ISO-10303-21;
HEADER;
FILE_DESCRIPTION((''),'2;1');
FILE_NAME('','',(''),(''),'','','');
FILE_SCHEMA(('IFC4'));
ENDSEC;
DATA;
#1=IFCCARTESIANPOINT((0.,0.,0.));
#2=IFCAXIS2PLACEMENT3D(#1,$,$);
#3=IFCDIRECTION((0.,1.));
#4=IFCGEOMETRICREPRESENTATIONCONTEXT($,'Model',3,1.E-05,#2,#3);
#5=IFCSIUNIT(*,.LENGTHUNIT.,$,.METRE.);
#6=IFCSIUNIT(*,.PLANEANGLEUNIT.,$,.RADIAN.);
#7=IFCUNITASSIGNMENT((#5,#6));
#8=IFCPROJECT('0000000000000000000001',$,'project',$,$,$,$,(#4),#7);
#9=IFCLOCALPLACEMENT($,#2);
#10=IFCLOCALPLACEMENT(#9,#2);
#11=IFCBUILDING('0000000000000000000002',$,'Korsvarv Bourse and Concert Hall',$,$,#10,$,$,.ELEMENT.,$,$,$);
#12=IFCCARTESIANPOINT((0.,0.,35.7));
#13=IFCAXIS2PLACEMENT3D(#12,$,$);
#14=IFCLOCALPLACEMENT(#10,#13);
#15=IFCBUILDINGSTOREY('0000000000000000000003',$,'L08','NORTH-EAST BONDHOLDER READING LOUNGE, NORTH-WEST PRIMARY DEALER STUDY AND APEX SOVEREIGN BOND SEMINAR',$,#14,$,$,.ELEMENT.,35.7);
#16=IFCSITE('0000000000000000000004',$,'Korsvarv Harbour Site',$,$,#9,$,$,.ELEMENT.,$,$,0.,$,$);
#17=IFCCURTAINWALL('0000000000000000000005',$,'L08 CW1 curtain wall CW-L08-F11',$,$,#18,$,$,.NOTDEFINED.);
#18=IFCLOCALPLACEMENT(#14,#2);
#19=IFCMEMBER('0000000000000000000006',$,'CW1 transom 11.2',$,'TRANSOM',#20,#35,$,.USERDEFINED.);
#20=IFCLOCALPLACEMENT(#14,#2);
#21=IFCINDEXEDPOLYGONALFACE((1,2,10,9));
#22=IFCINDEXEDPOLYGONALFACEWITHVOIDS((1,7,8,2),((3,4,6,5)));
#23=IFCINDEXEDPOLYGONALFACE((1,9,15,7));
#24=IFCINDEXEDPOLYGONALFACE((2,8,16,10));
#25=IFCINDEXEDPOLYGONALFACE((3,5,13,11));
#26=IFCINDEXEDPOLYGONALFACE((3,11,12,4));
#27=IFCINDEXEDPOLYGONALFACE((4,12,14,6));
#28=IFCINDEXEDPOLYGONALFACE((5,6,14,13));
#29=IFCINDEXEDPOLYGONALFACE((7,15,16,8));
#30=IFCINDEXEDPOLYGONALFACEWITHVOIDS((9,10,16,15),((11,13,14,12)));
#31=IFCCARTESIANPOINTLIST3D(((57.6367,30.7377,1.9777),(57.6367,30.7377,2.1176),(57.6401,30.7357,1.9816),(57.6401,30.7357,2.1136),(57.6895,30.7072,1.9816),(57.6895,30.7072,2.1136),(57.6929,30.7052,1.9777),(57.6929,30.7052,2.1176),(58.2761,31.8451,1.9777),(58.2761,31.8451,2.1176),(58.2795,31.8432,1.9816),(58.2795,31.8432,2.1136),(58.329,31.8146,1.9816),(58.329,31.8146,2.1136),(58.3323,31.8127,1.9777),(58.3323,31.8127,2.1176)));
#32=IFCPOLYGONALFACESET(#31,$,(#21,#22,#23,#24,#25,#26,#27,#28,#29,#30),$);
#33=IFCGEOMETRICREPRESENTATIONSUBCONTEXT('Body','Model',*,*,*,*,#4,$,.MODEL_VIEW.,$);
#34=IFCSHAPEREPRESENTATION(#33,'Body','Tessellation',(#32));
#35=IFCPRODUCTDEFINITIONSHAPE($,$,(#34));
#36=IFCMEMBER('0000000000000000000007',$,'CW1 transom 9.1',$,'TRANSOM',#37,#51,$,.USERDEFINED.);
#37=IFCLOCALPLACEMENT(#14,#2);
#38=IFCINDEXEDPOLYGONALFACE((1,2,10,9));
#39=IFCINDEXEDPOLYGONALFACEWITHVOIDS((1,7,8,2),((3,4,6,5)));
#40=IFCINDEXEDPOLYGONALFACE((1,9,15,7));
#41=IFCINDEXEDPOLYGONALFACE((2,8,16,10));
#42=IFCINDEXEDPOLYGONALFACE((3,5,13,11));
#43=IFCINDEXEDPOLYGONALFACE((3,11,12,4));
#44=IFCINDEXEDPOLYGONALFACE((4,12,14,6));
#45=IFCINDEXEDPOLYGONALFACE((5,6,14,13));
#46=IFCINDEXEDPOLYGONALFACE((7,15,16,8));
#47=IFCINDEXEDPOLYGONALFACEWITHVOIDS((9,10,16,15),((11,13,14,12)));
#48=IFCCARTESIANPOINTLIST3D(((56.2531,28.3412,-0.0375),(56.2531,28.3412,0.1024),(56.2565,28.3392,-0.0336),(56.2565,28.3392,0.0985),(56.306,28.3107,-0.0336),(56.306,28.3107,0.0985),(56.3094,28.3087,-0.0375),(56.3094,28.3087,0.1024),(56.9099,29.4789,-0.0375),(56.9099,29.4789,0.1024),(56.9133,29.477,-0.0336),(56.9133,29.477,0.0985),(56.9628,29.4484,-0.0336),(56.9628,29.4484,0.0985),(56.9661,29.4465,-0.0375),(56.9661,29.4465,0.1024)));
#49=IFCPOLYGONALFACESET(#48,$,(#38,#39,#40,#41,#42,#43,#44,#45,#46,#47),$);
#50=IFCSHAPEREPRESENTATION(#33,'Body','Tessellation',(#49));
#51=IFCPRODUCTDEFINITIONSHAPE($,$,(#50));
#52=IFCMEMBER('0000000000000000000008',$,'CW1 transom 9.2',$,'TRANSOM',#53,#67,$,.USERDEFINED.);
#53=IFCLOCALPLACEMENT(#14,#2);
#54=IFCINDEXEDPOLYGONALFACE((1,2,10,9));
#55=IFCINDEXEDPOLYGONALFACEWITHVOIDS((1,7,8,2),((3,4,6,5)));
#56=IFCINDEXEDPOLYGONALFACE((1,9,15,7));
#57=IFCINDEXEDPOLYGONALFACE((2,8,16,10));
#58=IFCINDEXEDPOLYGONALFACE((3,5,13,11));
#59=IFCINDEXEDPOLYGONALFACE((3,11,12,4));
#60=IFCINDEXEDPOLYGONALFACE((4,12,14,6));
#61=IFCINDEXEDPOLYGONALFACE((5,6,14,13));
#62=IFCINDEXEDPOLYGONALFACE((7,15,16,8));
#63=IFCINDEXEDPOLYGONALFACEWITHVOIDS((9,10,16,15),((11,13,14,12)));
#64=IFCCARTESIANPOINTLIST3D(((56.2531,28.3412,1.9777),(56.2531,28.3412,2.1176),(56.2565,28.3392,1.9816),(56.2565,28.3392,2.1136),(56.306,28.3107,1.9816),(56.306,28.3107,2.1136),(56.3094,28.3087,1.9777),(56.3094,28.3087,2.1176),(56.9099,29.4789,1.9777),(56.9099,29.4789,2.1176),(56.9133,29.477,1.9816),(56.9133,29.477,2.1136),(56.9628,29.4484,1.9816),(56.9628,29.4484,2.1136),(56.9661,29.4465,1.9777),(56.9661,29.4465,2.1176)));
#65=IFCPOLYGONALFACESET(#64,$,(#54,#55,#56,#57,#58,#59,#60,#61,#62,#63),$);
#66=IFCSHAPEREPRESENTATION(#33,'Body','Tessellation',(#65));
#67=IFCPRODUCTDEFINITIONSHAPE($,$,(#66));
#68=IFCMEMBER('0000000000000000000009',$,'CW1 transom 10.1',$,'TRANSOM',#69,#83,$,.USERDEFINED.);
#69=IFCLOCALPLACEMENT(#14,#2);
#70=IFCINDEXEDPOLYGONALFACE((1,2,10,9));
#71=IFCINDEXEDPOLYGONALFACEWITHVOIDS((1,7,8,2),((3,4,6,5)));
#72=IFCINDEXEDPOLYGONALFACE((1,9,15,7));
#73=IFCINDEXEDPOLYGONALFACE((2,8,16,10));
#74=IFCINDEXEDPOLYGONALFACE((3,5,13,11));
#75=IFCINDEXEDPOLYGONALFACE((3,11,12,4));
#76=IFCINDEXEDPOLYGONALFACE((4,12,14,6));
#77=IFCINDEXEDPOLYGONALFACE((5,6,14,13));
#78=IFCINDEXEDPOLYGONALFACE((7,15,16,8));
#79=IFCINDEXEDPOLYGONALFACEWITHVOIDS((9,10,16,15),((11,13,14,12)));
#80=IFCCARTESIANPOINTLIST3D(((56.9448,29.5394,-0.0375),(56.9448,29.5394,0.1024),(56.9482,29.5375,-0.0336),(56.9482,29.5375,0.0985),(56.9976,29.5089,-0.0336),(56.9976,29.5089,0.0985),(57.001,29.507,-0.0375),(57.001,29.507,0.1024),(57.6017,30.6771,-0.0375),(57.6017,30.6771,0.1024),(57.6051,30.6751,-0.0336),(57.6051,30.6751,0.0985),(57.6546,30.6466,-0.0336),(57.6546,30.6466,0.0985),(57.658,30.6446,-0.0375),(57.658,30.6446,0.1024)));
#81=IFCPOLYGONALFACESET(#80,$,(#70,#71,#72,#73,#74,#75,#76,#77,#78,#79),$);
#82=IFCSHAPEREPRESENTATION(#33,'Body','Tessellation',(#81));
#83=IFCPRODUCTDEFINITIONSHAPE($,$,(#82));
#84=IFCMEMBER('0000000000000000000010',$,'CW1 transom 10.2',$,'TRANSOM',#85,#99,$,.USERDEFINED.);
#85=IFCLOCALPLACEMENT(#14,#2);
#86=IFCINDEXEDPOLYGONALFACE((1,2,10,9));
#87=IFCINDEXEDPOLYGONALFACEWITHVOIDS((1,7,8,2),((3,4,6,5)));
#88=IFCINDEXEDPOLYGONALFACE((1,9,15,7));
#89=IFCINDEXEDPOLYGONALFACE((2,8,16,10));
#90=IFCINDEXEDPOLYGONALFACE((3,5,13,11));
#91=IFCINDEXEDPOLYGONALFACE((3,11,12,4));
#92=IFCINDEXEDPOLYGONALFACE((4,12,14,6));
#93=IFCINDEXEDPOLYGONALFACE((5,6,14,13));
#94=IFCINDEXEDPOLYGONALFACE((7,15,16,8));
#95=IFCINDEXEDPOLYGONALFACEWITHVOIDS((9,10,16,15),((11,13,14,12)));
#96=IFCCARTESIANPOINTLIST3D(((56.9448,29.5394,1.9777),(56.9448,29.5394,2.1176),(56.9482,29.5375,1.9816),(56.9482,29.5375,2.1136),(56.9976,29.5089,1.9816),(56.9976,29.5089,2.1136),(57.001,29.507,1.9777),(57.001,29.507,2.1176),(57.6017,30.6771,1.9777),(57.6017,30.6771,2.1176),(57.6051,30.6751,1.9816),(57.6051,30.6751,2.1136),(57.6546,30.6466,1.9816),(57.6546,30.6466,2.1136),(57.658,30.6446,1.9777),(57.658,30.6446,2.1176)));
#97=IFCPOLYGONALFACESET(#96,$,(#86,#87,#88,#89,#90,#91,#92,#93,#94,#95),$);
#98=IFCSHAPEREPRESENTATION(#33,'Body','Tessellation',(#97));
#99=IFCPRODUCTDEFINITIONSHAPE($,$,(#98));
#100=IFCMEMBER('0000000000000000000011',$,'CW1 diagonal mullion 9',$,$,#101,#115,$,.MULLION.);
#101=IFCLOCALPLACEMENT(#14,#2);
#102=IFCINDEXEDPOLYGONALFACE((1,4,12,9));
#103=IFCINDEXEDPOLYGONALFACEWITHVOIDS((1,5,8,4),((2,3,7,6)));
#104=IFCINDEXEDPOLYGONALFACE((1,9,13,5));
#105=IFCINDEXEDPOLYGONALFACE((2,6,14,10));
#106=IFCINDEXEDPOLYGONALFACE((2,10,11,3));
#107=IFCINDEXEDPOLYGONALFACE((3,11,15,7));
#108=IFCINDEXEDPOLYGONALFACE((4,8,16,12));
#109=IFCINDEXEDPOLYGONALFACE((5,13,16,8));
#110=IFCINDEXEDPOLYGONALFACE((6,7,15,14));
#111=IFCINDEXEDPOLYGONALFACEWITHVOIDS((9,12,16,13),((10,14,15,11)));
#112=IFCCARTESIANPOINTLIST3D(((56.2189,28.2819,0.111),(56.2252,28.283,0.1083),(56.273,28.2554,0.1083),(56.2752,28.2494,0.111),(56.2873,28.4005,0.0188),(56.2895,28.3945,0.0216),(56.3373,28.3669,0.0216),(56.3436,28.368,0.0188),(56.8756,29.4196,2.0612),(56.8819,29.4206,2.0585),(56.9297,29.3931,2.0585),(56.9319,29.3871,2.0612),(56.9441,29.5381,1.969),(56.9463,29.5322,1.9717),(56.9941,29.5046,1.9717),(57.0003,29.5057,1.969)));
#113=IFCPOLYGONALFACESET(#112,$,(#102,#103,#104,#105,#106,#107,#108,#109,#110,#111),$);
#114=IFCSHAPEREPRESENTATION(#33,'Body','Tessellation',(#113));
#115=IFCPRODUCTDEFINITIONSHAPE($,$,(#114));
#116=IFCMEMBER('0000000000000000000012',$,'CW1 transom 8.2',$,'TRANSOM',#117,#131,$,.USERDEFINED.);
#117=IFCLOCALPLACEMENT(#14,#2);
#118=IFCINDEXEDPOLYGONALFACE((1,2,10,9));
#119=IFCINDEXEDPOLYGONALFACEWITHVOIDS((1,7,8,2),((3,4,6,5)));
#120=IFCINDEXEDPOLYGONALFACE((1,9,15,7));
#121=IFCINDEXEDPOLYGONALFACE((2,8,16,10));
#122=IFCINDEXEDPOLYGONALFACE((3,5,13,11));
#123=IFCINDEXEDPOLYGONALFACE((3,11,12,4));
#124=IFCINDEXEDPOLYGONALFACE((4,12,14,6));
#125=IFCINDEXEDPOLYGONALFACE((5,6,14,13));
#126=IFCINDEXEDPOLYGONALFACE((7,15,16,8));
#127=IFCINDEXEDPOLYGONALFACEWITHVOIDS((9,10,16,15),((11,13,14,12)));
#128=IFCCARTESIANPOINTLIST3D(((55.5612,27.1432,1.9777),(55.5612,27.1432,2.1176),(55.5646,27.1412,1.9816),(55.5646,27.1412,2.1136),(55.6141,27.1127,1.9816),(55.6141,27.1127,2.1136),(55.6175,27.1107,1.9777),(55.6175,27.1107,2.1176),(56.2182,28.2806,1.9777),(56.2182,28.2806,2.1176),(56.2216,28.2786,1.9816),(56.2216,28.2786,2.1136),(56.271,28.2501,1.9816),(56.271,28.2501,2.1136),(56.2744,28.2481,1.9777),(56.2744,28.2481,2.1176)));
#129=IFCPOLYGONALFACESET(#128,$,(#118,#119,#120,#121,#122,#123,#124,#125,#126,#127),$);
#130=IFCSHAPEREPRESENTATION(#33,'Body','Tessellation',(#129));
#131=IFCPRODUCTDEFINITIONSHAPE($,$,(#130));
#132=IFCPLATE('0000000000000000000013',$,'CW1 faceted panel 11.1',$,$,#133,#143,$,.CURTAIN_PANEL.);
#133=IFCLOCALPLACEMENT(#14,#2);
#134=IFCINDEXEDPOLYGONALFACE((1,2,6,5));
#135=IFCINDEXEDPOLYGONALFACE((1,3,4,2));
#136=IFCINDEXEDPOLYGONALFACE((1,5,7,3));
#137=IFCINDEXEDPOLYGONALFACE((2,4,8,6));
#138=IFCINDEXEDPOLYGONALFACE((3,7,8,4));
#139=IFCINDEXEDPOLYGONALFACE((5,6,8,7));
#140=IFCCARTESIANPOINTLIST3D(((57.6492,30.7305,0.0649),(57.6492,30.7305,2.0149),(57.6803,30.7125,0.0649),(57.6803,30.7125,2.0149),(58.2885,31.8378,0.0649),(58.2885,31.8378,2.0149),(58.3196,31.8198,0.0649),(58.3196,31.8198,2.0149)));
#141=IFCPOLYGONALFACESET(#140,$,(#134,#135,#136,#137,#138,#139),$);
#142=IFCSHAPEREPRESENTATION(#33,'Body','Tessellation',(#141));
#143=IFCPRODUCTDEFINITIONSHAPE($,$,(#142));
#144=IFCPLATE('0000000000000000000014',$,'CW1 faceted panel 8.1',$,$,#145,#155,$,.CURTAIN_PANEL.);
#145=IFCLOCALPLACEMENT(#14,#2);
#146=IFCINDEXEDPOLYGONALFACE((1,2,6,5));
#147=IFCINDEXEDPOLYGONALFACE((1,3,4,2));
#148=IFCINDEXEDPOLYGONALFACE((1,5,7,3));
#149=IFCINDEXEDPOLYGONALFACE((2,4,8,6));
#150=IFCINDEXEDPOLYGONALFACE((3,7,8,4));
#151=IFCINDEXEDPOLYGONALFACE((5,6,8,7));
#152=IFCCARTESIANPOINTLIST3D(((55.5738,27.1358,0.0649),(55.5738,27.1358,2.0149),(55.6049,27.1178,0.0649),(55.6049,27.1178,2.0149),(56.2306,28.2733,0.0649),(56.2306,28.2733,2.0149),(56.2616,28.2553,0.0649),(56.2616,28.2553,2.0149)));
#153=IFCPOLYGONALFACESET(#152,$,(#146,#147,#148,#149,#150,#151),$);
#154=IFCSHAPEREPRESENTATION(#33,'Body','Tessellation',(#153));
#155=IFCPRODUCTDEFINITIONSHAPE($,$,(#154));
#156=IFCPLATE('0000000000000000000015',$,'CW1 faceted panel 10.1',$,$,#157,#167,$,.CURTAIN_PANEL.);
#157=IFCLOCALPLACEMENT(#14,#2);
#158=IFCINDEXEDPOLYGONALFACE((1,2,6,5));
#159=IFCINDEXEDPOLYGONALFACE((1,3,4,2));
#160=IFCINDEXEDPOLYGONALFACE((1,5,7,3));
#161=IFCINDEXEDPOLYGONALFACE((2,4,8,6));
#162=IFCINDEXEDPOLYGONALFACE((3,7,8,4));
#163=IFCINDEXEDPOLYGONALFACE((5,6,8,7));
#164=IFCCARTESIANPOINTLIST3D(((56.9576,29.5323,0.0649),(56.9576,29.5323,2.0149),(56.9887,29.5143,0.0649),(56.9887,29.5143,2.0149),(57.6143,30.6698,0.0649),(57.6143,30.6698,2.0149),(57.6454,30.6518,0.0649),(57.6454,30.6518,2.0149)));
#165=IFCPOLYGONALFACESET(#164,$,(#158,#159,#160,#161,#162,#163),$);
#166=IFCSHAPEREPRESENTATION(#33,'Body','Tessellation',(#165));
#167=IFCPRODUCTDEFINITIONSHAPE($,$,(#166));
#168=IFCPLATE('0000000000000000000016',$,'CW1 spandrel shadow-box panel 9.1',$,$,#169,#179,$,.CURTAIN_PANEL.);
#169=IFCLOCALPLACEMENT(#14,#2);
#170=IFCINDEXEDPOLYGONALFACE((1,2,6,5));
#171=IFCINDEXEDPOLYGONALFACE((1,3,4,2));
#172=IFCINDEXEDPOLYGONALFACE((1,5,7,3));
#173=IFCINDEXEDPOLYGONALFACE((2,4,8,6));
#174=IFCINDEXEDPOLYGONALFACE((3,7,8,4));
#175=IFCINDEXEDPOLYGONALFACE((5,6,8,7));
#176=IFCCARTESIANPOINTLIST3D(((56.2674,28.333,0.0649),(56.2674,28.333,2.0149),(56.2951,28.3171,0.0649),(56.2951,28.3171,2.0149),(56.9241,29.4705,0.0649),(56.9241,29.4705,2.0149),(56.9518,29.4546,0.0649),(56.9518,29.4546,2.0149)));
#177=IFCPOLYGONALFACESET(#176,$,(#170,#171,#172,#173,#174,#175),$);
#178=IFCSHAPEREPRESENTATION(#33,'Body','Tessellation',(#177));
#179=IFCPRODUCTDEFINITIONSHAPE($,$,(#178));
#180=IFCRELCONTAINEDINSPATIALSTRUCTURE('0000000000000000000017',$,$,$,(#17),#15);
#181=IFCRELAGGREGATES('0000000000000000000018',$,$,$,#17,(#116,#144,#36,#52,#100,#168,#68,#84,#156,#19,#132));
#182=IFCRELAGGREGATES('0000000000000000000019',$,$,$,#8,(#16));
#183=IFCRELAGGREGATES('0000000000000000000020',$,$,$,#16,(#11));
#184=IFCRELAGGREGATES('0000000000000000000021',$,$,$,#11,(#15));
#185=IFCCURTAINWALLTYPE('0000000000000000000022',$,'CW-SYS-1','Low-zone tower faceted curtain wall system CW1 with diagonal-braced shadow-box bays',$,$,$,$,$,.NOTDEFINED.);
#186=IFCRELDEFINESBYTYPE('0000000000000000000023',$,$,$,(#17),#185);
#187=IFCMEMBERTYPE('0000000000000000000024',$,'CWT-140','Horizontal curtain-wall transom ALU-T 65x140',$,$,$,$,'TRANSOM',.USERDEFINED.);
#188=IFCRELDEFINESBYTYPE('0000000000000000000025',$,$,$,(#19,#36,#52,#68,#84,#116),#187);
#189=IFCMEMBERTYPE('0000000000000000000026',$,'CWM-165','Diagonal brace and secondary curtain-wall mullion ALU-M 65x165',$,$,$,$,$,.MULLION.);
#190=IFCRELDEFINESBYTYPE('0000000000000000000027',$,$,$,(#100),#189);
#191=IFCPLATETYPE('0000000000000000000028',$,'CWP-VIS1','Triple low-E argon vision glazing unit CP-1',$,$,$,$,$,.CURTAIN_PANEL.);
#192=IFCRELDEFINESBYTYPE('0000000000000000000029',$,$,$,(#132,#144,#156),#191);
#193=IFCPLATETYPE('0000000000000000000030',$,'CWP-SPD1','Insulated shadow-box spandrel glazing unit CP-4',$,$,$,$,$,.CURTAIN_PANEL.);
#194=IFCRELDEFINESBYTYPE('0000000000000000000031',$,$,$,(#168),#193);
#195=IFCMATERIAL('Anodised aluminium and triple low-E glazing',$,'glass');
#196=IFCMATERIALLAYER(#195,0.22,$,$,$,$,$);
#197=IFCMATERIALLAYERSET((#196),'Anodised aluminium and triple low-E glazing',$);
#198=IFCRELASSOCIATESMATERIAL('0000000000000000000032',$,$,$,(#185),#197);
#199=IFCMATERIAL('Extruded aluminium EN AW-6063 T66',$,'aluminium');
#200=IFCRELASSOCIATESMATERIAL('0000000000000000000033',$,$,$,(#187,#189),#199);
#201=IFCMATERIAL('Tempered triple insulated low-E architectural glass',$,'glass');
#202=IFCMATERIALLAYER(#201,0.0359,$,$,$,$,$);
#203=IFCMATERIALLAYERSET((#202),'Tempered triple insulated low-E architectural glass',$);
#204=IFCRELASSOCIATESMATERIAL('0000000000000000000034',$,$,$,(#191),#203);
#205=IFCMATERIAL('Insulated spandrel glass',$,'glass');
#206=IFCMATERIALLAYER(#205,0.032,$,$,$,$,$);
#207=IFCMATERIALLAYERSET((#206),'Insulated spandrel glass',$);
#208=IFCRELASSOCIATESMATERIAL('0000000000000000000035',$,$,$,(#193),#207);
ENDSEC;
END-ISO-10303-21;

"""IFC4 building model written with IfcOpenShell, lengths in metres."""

from ifc_helpers import new_model, si_unit, direction, frame, origin, origin_2d, place, context, subcontext, project, spatial, rectangle, hollow_rectangle, extrude, source, transform, mapped, material, layer, layer_set, material_profile, profile_set, type_object, element, aggregate, save


model = new_model("IFC4")

# Units and contexts
model_context = context("Model", 3, precision=1e-05, world=origin(), true_north=direction((0.0, 1.0)))
body_context = subcontext(model_context, "Body", "Model", "MODEL_VIEW")
ifc_project = project(units=[si_unit("LENGTHUNIT", "METRE"), si_unit("PLANEANGLEUNIT", "RADIAN")], contexts=[model_context])

# Site, building, storey
site_placement = place(None, origin())
site = spatial("IfcSite", under=ifc_project, at=site_placement, Name="Korsvarv Harbour Site", CompositionType="ELEMENT", RefElevation=0.0)
building_placement = place(site_placement, origin())
building = spatial("IfcBuilding", under=site, at=building_placement, Name="Korsvarv Bourse and Concert Hall", CompositionType="ELEMENT")
storey_placement = place(building_placement, frame((0.0, 0.0, 35.7)))
storey = spatial("IfcBuildingStorey", under=building, at=storey_placement, Name="L08", Description="NORTH-EAST BONDHOLDER READING LOUNGE, NORTH-WEST PRIMARY DEALER STUDY AND APEX SOVEREIGN BOND SEMINAR", CompositionType="ELEMENT", Elevation=35.7)

# Curtain wall, members, plates
ifc_material_1 = material(Name="Anodised aluminium and triple low-E glazing", Category="glass")
ifc_layer_1 = layer(ifc_material_1, 0.22)
ifc_layer_set_1 = layer_set([ifc_layer_1], Name="Anodised aluminium and triple low-E glazing")
curtain_wall_type = type_object("IfcCurtainWallType", Name="CW-SYS-1", Description="Low-zone tower faceted curtain wall system CW1 with diagonal-braced shadow-box bays", PredefinedType="NOTDEFINED", material=ifc_layer_set_1)
curtain_wall_placement = place(storey_placement, origin())
curtain_wall = element("IfcCurtainWall", 1, at=curtain_wall_placement, inside=storey, type_object=curtain_wall_type, Name="L08 CW1 curtain wall CW-L08-F11", PredefinedType="NOTDEFINED")
ifc_material_2 = material(Name="Extruded aluminium EN AW-6063 T66", Category="aluminium")
ifc_material_profile_1 = material_profile(ifc_material_2, hollow_rectangle(XDim=0.0649, YDim=0.1399, WallThickness=0.0039, at=origin_2d()), Name="ALU-T 65x140")
ifc_profile_set_1 = profile_set([ifc_material_profile_1], Name="Extruded aluminium EN AW-6063 T66")
member_type_1 = type_object("IfcMemberType", Name="CWT-140", Description="Horizontal curtain-wall transom ALU-T 65x140", ElementType="TRANSOM", PredefinedType="USERDEFINED", material=ifc_profile_set_1)
shared_shape_1 = source(origin(), body_context, "Body", "SweptSolid", [
    extrude(hollow_rectangle(XDim=0.0649, YDim=0.1399, WallThickness=0.0039, at=origin_2d()), origin(), (0.0, 0.0, 1.0), 1.2788),
])
member_1_placement = place(storey_placement, frame((57.6648, 30.7214, 2.0476), z_axis=(0.50002, 0.866014, 0.0), x_axis=(-0.866014, 0.50002, 0.0)))
member_1 = element("IfcMember", 2, at=member_1_placement, type_object=member_type_1, Name="CW1 transom 11.2", ObjectType="TRANSOM", PredefinedType="USERDEFINED", context=body_context, shape_type="MappedRepresentation", body=[
    mapped(shared_shape_1, transform((0.0, 0.0, 0.0), scale=1.0)),
])
shared_shape_2 = source(origin(), body_context, "Body", "SweptSolid", [
    extrude(hollow_rectangle(XDim=0.0649, YDim=0.1399, WallThickness=0.0039, at=origin_2d()), origin(), (0.0, 0.0, 1.0), 1.3137),
])
member_2_placement = place(storey_placement, frame((56.2812, 28.325, 0.0325), z_axis=(0.499937, 0.866062, 0.0), x_axis=(-0.866062, 0.499937, 0.0)))
member_2 = element("IfcMember", 3, at=member_2_placement, type_object=member_type_1, Name="CW1 transom 9.1", ObjectType="TRANSOM", PredefinedType="USERDEFINED", context=body_context, shape_type="MappedRepresentation", body=[
    mapped(shared_shape_2, transform((0.0, 0.0, 0.0), scale=1.0)),
])
member_3_placement = place(storey_placement, frame((56.2812, 28.325, 2.0476), z_axis=(0.499937, 0.866062, 0.0), x_axis=(-0.866062, 0.499937, 0.0)))
member_3 = element("IfcMember", 4, at=member_3_placement, type_object=member_type_1, Name="CW1 transom 9.2", ObjectType="TRANSOM", PredefinedType="USERDEFINED", context=body_context, shape_type="MappedRepresentation", body=[
    mapped(shared_shape_2, transform((0.0, 0.0, 0.0), scale=1.0)),
])
member_4_placement = place(storey_placement, frame((56.9729, 29.5232, 0.0325), z_axis=(0.500076, 0.865981, 0.0), x_axis=(-0.865981, 0.500076, 0.0)))
member_4 = element("IfcMember", 5, at=member_4_placement, type_object=member_type_1, Name="CW1 transom 10.1", ObjectType="TRANSOM", PredefinedType="USERDEFINED", context=body_context, shape_type="MappedRepresentation", body=[
    mapped(shared_shape_2, transform((0.0, 0.0, 0.0), scale=1.0)),
])
member_5_placement = place(storey_placement, frame((56.9729, 29.5232, 2.0476), z_axis=(0.500076, 0.865981, 0.0), x_axis=(-0.865981, 0.500076, 0.0)))
member_5 = element("IfcMember", 6, at=member_5_placement, type_object=member_type_1, Name="CW1 transom 10.2", ObjectType="TRANSOM", PredefinedType="USERDEFINED", context=body_context, shape_type="MappedRepresentation", body=[
    mapped(shared_shape_2, transform((0.0, 0.0, 0.0), scale=1.0)),
])
ifc_material_profile_2 = material_profile(ifc_material_2, hollow_rectangle(XDim=0.0649, YDim=0.165, WallThickness=0.0049, at=origin_2d()), Name="ALU-M 65x165")
ifc_profile_set_2 = profile_set([ifc_material_profile_2], Name="Extruded aluminium EN AW-6063 T66")
member_type_2 = type_object("IfcMemberType", Name="CWM-165", Description="Diagonal brace and secondary curtain-wall mullion ALU-M 65x165", PredefinedType="MULLION", material=ifc_profile_set_2)
shared_shape_3 = source(origin(), body_context, "Body", "SweptSolid", [
    extrude(hollow_rectangle(XDim=0.0649, YDim=0.165, WallThickness=0.0049, at=origin_2d()), origin(), (0.0, 0.0, 1.0), 2.3513),
])
member_6_placement = place(storey_placement, frame((56.2812, 28.325, 0.0649), z_axis=(0.279301, 0.483845, 0.829389), x_axis=(-0.866062, 0.499937, 0.0)))
member_6 = element("IfcMember", 7, at=member_6_placement, type_object=member_type_2, Name="CW1 diagonal mullion 9", PredefinedType="MULLION", context=body_context, shape_type="MappedRepresentation", body=[
    mapped(shared_shape_3, transform((0.0, 0.0, 0.0), scale=1.0)),
])
shared_shape_4 = source(origin(), body_context, "Body", "SweptSolid", [
    extrude(hollow_rectangle(XDim=0.0649, YDim=0.1399, WallThickness=0.0039, at=origin_2d()), origin(), (0.0, 0.0, 1.0), 1.3135),
])
member_7_placement = place(storey_placement, frame((55.5894, 27.127, 2.0476), z_axis=(0.500157, 0.865935, 0.0), x_axis=(-0.865935, 0.500157, 0.0)))
member_7 = element("IfcMember", 8, at=member_7_placement, type_object=member_type_1, Name="CW1 transom 8.2", ObjectType="TRANSOM", PredefinedType="USERDEFINED", context=body_context, shape_type="MappedRepresentation", body=[
    mapped(shared_shape_4, transform((0.0, 0.0, 0.0), scale=1.0)),
])
ifc_material_3 = material(Name="Tempered triple insulated low-E architectural glass", Category="glass")
ifc_layer_2 = layer(ifc_material_3, 0.0359)
ifc_layer_set_2 = layer_set([ifc_layer_2], Name="Tempered triple insulated low-E architectural glass")
plate_type_1 = type_object("IfcPlateType", Name="CWP-VIS1", Description="Triple low-E argon vision glazing unit CP-1", PredefinedType="CURTAIN_PANEL", material=ifc_layer_set_2)
shared_shape_5 = source(origin(), body_context, "Body", "SweptSolid", [
    extrude(rectangle(XDim=1.2786, YDim=0.0359, at=origin_2d()), origin(), (0.0, 0.0, 1.0), 1.95),
])
plate_1_placement = place(storey_placement, frame((57.9844, 31.2751, 0.0649), z_axis=(0.0, 0.0, 1.0), x_axis=(0.5, 0.866026, 0.0)))
plate_1 = element("IfcPlate", 9, at=plate_1_placement, type_object=plate_type_1, Name="CW1 faceted panel 11.1", PredefinedType="CURTAIN_PANEL", context=body_context, shape_type="MappedRepresentation", body=[
    mapped(shared_shape_5, transform((0.0, 0.0, 0.0), scale=1.0)),
])
shared_shape_6 = source(origin(), body_context, "Body", "SweptSolid", [
    extrude(rectangle(XDim=1.3135, YDim=0.0359, at=origin_2d()), origin(), (0.0, 0.0, 1.0), 1.95),
])
plate_2_placement = place(storey_placement, frame((55.9177, 27.6956, 0.0649), z_axis=(0.0, 0.0, 1.0), x_axis=(0.5, 0.866026, 0.0)))
plate_2 = element("IfcPlate", 10, at=plate_2_placement, type_object=plate_type_1, Name="CW1 faceted panel 8.1", PredefinedType="CURTAIN_PANEL", context=body_context, shape_type="MappedRepresentation", body=[
    mapped(shared_shape_6, transform((0.0, 0.0, 0.0), scale=1.0)),
])
plate_3_placement = place(storey_placement, frame((57.3015, 30.092, 0.0649), z_axis=(0.0, 0.0, 1.0), x_axis=(0.5, 0.866026, 0.0)))
plate_3 = element("IfcPlate", 11, at=plate_3_placement, type_object=plate_type_1, Name="CW1 faceted panel 10.1", PredefinedType="CURTAIN_PANEL", context=body_context, shape_type="MappedRepresentation", body=[
    mapped(shared_shape_6, transform((0.0, 0.0, 0.0), scale=1.0)),
])
ifc_material_4 = material(Name="Insulated spandrel glass", Category="glass")
ifc_layer_3 = layer(ifc_material_4, 0.032)
ifc_layer_set_3 = layer_set([ifc_layer_3], Name="Insulated spandrel glass")
plate_type_2 = type_object("IfcPlateType", Name="CWP-SPD1", Description="Insulated shadow-box spandrel glazing unit CP-4", PredefinedType="CURTAIN_PANEL", material=ifc_layer_set_3)
shared_shape_7 = source(origin(), body_context, "Body", "SweptSolid", [
    extrude(rectangle(XDim=1.3135, YDim=0.032, at=origin_2d()), origin(), (0.0, 0.0, 1.0), 1.95),
])
plate_4_placement = place(storey_placement, frame((56.6096, 28.8938, 0.0649), z_axis=(0.0, 0.0, 1.0), x_axis=(0.5, 0.866026, 0.0)))
plate_4 = element("IfcPlate", 12, at=plate_4_placement, type_object=plate_type_2, Name="CW1 spandrel shadow-box panel 9.1", PredefinedType="CURTAIN_PANEL", context=body_context, shape_type="MappedRepresentation", body=[
    mapped(shared_shape_7, transform((0.0, 0.0, 0.0), scale=1.0)),
])
aggregate(curtain_wall, [member_7, plate_2, member_2, member_3, member_6, plate_4, member_4, member_5, plate_3, member_1, plate_1])

save(model, "model.ifc")
